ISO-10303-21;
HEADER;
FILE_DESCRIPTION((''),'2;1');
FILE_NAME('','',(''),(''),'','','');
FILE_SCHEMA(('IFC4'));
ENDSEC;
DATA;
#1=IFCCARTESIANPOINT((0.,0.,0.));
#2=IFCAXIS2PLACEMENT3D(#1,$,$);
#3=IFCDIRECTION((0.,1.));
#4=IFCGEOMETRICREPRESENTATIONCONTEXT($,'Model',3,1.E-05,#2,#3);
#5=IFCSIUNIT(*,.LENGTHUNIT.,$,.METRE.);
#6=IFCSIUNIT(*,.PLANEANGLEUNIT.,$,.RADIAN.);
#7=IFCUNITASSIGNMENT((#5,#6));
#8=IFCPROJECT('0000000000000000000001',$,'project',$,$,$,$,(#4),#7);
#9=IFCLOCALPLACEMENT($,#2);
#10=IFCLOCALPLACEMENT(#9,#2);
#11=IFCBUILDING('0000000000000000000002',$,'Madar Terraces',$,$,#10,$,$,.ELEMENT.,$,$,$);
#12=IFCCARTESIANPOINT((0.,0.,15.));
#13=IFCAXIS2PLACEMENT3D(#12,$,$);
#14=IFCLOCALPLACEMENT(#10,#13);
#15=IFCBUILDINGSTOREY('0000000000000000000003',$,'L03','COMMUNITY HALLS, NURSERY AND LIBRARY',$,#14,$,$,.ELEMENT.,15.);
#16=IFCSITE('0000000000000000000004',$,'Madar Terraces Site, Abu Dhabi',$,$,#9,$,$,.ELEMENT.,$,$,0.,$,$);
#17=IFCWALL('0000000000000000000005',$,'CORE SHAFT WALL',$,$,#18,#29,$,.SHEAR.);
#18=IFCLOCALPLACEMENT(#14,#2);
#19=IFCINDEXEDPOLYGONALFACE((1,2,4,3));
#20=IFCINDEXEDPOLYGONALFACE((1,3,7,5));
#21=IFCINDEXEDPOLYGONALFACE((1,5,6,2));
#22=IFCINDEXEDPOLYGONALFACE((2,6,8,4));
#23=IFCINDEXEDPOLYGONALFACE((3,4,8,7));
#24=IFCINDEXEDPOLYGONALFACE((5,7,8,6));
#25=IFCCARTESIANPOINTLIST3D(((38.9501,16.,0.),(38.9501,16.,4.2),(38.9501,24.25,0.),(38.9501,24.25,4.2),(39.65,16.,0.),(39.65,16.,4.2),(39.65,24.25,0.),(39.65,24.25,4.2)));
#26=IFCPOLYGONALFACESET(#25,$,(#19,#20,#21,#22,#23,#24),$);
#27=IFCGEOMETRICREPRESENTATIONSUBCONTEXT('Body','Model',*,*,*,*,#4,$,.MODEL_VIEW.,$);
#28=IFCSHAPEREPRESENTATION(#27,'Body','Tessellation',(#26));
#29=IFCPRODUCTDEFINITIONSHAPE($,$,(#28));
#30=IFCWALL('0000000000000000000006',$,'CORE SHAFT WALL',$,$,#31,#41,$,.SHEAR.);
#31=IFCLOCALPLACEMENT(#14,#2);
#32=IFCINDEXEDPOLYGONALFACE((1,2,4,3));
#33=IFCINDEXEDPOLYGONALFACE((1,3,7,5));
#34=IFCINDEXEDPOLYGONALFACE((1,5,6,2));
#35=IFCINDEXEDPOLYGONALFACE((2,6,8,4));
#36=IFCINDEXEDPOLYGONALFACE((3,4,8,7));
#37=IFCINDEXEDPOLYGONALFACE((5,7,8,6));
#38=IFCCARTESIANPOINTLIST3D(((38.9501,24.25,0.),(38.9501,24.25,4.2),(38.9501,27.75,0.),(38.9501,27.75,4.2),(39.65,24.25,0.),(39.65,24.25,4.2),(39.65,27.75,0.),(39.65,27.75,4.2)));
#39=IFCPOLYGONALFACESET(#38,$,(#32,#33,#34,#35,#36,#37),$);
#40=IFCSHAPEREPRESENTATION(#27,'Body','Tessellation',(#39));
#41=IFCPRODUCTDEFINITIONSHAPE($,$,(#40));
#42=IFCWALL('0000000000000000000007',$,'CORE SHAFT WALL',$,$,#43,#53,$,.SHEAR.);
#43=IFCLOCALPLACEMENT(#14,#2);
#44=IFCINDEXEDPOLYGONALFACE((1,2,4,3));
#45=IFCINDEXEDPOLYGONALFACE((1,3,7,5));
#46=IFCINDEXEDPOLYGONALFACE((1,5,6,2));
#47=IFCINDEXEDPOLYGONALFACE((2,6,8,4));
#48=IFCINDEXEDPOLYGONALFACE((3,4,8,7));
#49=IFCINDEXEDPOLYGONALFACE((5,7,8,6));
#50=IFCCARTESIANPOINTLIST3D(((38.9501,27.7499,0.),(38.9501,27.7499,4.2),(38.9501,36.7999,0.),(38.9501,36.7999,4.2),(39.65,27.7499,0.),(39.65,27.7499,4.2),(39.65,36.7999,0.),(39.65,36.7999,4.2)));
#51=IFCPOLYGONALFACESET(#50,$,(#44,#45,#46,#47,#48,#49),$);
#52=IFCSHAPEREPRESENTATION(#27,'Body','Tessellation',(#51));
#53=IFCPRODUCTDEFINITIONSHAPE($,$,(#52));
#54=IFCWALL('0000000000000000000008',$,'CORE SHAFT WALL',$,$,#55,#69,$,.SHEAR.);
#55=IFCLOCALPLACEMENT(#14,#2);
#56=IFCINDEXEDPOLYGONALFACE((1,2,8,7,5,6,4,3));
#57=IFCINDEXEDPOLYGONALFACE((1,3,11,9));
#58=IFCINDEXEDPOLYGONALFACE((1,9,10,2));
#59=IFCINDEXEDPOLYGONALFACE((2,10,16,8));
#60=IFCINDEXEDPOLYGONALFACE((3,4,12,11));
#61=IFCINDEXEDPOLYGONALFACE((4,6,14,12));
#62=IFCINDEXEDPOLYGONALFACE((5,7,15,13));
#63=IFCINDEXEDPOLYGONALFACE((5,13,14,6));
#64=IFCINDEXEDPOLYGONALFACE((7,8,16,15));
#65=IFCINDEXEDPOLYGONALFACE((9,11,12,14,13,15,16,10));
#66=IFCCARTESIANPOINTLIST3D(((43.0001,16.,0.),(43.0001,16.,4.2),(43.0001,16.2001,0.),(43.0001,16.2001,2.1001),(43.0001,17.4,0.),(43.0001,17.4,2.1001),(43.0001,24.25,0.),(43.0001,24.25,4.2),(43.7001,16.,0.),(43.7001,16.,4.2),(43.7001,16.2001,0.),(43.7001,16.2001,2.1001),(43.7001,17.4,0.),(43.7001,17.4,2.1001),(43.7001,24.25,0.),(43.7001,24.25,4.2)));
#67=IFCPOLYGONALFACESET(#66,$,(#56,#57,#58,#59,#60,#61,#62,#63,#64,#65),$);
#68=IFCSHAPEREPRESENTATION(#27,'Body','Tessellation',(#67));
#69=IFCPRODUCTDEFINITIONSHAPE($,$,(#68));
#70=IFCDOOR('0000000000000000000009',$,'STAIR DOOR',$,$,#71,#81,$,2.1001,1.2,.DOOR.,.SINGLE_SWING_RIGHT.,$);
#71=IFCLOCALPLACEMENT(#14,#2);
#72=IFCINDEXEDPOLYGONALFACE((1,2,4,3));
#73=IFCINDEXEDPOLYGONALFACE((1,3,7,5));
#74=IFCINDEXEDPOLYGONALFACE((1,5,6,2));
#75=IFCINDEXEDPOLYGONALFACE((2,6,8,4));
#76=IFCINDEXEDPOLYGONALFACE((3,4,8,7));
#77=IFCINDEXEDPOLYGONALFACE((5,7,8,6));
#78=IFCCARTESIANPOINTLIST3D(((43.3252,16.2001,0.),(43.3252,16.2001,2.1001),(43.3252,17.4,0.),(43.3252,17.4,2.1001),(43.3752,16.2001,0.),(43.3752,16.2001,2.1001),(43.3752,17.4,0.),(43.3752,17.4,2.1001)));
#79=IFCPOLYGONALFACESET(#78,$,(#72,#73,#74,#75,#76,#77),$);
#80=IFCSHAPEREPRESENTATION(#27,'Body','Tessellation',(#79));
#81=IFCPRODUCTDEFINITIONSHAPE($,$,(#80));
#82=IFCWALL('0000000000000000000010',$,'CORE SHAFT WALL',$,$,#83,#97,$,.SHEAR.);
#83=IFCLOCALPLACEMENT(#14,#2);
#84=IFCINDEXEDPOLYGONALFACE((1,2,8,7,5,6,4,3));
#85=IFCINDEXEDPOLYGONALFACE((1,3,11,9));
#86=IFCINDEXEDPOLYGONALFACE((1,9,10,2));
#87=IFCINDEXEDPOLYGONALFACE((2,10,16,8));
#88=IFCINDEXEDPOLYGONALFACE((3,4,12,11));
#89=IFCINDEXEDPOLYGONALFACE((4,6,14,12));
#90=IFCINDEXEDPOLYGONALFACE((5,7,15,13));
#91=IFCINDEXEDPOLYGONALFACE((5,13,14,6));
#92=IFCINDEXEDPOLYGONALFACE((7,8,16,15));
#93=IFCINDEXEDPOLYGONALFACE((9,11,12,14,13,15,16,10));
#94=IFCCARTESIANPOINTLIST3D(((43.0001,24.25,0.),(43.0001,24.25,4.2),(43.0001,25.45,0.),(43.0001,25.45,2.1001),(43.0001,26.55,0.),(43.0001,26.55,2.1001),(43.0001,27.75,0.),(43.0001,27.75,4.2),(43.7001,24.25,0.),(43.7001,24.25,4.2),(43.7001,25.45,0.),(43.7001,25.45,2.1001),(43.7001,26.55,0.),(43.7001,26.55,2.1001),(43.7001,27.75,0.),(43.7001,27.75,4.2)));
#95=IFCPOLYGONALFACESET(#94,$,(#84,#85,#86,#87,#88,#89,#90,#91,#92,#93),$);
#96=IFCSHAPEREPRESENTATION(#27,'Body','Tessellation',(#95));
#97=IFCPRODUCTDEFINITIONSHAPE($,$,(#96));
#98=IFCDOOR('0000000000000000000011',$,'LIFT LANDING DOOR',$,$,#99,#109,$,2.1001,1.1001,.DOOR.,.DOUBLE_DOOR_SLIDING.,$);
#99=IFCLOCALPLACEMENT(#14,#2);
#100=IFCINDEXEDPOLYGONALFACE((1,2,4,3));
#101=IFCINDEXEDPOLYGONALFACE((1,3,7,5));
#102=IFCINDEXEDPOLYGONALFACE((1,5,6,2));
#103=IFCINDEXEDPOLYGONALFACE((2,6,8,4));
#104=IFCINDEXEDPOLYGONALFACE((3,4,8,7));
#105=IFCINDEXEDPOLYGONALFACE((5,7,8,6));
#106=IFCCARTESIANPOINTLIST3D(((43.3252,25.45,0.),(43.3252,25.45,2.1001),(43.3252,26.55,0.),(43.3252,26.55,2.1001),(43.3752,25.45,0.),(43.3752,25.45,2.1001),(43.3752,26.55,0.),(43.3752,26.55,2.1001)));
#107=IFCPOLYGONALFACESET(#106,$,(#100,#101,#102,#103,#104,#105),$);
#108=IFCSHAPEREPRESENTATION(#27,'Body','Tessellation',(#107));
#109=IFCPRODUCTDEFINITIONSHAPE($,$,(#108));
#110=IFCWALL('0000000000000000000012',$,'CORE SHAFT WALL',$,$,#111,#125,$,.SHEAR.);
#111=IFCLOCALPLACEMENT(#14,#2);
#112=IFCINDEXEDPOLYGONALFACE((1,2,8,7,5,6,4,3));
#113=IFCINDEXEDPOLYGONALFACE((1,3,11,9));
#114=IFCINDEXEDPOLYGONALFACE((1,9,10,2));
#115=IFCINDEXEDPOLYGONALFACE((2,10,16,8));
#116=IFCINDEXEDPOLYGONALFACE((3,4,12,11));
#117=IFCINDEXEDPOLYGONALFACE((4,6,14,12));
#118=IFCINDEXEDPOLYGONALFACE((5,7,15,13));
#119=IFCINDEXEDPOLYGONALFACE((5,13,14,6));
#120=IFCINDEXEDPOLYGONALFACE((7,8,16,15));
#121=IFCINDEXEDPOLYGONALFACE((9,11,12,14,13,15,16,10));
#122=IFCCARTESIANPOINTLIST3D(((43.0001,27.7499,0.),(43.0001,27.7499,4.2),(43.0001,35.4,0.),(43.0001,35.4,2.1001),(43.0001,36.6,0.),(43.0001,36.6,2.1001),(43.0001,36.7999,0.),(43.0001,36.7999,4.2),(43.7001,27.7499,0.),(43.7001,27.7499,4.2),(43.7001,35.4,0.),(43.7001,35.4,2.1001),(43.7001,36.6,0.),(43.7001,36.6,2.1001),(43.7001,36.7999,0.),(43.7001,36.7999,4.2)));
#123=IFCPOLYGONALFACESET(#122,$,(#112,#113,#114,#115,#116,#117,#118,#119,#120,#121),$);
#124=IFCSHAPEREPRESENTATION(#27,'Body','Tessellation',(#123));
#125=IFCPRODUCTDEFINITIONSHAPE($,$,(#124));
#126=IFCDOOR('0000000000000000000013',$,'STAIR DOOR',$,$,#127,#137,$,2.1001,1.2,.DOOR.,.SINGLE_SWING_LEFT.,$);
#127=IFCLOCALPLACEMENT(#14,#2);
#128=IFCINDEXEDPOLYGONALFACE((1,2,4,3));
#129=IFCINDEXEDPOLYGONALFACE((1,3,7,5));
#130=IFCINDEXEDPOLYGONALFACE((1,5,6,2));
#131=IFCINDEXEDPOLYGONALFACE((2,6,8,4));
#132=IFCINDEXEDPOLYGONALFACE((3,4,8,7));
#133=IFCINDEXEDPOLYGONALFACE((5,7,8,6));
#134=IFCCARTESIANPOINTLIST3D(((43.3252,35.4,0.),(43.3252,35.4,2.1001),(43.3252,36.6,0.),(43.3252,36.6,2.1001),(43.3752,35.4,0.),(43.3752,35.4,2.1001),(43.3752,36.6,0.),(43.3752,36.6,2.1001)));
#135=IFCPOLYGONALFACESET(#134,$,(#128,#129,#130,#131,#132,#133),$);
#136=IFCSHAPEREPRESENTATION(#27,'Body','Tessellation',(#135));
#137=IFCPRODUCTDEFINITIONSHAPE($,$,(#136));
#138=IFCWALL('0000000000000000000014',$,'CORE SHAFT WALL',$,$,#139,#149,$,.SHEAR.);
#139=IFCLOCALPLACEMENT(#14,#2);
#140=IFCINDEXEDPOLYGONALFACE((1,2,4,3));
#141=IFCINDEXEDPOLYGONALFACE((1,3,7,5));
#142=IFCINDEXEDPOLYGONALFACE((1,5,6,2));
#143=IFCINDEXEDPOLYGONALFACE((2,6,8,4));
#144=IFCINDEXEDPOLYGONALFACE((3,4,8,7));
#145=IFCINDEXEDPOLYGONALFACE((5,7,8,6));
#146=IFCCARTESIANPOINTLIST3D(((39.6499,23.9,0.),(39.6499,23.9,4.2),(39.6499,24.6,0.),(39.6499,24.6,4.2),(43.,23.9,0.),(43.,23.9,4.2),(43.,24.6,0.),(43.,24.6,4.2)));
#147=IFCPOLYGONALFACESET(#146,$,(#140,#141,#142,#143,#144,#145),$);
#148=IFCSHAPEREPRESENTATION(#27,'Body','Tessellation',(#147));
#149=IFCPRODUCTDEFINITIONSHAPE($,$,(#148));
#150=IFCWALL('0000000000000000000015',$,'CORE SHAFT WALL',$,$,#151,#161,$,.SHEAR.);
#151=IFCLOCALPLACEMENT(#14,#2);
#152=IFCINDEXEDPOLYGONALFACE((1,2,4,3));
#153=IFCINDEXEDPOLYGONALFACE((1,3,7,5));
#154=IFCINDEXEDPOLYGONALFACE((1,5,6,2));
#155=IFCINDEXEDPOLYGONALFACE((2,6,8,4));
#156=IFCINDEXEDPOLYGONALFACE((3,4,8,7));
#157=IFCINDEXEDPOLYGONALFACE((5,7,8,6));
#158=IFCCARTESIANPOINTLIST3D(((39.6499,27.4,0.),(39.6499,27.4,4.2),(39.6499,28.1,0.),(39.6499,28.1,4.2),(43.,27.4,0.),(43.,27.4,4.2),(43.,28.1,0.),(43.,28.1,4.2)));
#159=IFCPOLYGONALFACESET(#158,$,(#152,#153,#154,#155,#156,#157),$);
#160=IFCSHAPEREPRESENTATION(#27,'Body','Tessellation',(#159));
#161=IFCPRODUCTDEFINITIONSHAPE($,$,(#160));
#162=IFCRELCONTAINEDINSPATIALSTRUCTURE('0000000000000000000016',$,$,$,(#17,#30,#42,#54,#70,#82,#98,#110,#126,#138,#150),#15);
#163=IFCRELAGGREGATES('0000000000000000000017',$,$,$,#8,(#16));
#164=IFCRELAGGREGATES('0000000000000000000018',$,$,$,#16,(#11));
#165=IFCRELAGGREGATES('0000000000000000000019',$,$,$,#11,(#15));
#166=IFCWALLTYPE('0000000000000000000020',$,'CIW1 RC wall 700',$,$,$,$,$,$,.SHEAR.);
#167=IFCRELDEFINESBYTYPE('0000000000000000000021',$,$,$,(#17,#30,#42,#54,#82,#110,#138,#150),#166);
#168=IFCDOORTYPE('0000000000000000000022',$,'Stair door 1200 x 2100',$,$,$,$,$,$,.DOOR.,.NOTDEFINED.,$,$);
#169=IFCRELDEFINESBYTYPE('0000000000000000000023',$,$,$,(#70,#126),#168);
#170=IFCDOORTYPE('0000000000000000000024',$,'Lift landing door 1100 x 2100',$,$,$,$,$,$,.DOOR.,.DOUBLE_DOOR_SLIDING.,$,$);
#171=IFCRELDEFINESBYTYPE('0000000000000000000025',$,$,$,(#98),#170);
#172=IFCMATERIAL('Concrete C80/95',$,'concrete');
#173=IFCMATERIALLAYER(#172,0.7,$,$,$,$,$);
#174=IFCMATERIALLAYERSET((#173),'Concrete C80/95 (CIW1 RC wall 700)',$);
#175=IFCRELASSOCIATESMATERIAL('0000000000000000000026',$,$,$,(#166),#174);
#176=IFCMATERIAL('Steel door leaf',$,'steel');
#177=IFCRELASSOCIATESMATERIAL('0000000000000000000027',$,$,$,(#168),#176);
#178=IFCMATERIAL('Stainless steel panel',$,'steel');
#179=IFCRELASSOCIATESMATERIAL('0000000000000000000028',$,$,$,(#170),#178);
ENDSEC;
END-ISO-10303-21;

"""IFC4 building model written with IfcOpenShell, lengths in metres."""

from ifc_helpers import new_model, si_unit, direction, frame, frame_2d, origin, place, context, subcontext, project, spatial, rectangle, extrude, material, layer, layer_set, type_object, element, fill, save


model = new_model("IFC4")

# Units and contexts
model_context = context("Model", 3, precision=1e-05, world=origin(), true_north=direction((0.0, 1.0)))
body_context = subcontext(model_context, "Body", "Model", "MODEL_VIEW")
ifc_project = project(units=[si_unit("LENGTHUNIT", "METRE"), si_unit("PLANEANGLEUNIT", "RADIAN")], contexts=[model_context])

# Site, building, storey
site_placement = place(None, origin())
site = spatial("IfcSite", under=ifc_project, at=site_placement, Name="Madar Terraces Site, Abu Dhabi", CompositionType="ELEMENT", RefElevation=0.0)
building_placement = place(site_placement, origin())
building = spatial("IfcBuilding", under=site, at=building_placement, Name="Madar Terraces", CompositionType="ELEMENT")
storey_placement = place(building_placement, frame((0.0, 0.0, 15.0)))
storey = spatial("IfcBuildingStorey", under=building, at=storey_placement, Name="L03", Description="COMMUNITY HALLS, NURSERY AND LIBRARY", CompositionType="ELEMENT", Elevation=15.0)

# Walls
ifc_material_1 = material(Name="Concrete C80/95", Category="concrete")
ifc_layer_1 = layer(ifc_material_1, 0.7)
ifc_layer_set_1 = layer_set([ifc_layer_1], Name="Concrete C80/95 (CIW1 RC wall 700)")
wall_type_1 = type_object("IfcWallType", Name="CIW1 RC wall 700", PredefinedType="SHEAR", material=ifc_layer_set_1)
wall_1_placement = place(storey_placement, frame((39.3, 16.0, 0.0), z_axis=(0.0, 0.0, 1.0), x_axis=(0.0, 1.0, 0.0)))
element("IfcWall", 1, at=wall_1_placement, inside=storey, type_object=wall_type_1, Name="CORE SHAFT WALL", PredefinedType="SHEAR", context=body_context, shape_type="SweptSolid", body=[
    extrude(rectangle(XDim=8.25, YDim=0.7, at=frame_2d((4.125, 0.0))), origin(), (0.0, 0.0, 1.0), 4.2),
])
wall_2_placement = place(storey_placement, frame((39.3, 24.25, 0.0), z_axis=(0.0, 0.0, 1.0), x_axis=(0.0, 1.0, 0.0)))
element("IfcWall", 2, at=wall_2_placement, inside=storey, type_object=wall_type_1, Name="CORE SHAFT WALL", PredefinedType="SHEAR", context=body_context, shape_type="SweptSolid", body=[
    extrude(rectangle(XDim=3.5, YDim=0.7, at=frame_2d((1.75, 0.0))), origin(), (0.0, 0.0, 1.0), 4.2),
])
wall_3_placement = place(storey_placement, frame((39.3, 27.75, 0.0), z_axis=(0.0, 0.0, 1.0), x_axis=(0.0, 1.0, 0.0)))
element("IfcWall", 3, at=wall_3_placement, inside=storey, type_object=wall_type_1, Name="CORE SHAFT WALL", PredefinedType="SHEAR", context=body_context, shape_type="SweptSolid", body=[
    extrude(rectangle(XDim=9.05, YDim=0.7, at=frame_2d((4.5249, 0.0))), origin(), (0.0, 0.0, 1.0), 4.2),
])

# Walls, openings, doors
wall_4_placement = place(storey_placement, frame((43.3501, 16.0, 0.0), z_axis=(0.0, 0.0, 1.0), x_axis=(0.0, 1.0, 0.0)))
wall_4 = element("IfcWall", 4, at=wall_4_placement, inside=storey, type_object=wall_type_1, Name="CORE SHAFT WALL", PredefinedType="SHEAR", context=body_context, shape_type="SweptSolid", body=[
    extrude(rectangle(XDim=8.25, YDim=0.7, at=frame_2d((4.125, 0.0))), origin(), (0.0, 0.0, 1.0), 4.2),
])
opening_1_placement = place(wall_4_placement, frame((0.2, 0.0, 0.0)))
opening_1 = element("IfcOpeningElement", 5, at=opening_1_placement, cuts=wall_4, PredefinedType="OPENING", context=body_context, shape_type="SweptSolid", body=[
    extrude(rectangle(XDim=1.2, YDim=2.1001, at=frame_2d((0.6001, 1.05))), frame((0.0, 0.3599, 0.0), z_axis=(0.0, -1.0, 0.0), x_axis=(1.0, 0.0, 0.0)), (0.0, 0.0, 1.0), 0.72),
])
ifc_material_2 = material(Name="Steel door leaf", Category="steel")
door_type_1 = type_object("IfcDoorType", Name="Stair door 1200 x 2100", OperationType="NOTDEFINED", PredefinedType="DOOR", material=ifc_material_2)
door_1_placement = place(opening_1_placement, origin())
door_1 = element("IfcDoor", 6, at=door_1_placement, inside=storey, type_object=door_type_1, Name="STAIR DOOR", OperationType="SINGLE_SWING_RIGHT", OverallHeight=2.1001, OverallWidth=1.2, PredefinedType="DOOR", context=body_context, shape_type="SweptSolid", body=[
    extrude(rectangle(XDim=1.2, YDim=2.1001, at=frame_2d((0.6001, 1.05))), frame((0.0, 0.0249, 0.0), z_axis=(0.0, -1.0, 0.0), x_axis=(1.0, 0.0, 0.0)), (0.0, 0.0, 1.0), 0.05),
])
fill(opening_1, door_1)
wall_5_placement = place(storey_placement, frame((43.3501, 24.25, 0.0), z_axis=(0.0, 0.0, 1.0), x_axis=(0.0, 1.0, 0.0)))
wall_5 = element("IfcWall", 7, at=wall_5_placement, inside=storey, type_object=wall_type_1, Name="CORE SHAFT WALL", PredefinedType="SHEAR", context=body_context, shape_type="SweptSolid", body=[
    extrude(rectangle(XDim=3.5, YDim=0.7, at=frame_2d((1.75, 0.0))), origin(), (0.0, 0.0, 1.0), 4.2),
])
opening_2_placement = place(wall_5_placement, frame((1.2, 0.0, 0.0)))
opening_2 = element("IfcOpeningElement", 8, at=opening_2_placement, cuts=wall_5, PredefinedType="OPENING", context=body_context, shape_type="SweptSolid", body=[
    extrude(rectangle(XDim=1.1001, YDim=2.1001, at=frame_2d((0.55, 1.05))), frame((0.0, 0.3599, 0.0), z_axis=(0.0, -1.0, 0.0), x_axis=(1.0, 0.0, 0.0)), (0.0, 0.0, 1.0), 0.72),
])
ifc_material_3 = material(Name="Stainless steel panel", Category="steel")
door_type_2 = type_object("IfcDoorType", Name="Lift landing door 1100 x 2100", OperationType="DOUBLE_DOOR_SLIDING", PredefinedType="DOOR", material=ifc_material_3)
door_2_placement = place(opening_2_placement, origin())
door_2 = element("IfcDoor", 9, at=door_2_placement, inside=storey, type_object=door_type_2, Name="LIFT LANDING DOOR", OperationType="DOUBLE_DOOR_SLIDING", OverallHeight=2.1001, OverallWidth=1.1001, PredefinedType="DOOR", context=body_context, shape_type="SweptSolid", body=[
    extrude(rectangle(XDim=1.1001, YDim=2.1001, at=frame_2d((0.55, 1.05))), frame((0.0, 0.0249, 0.0), z_axis=(0.0, -1.0, 0.0), x_axis=(1.0, 0.0, 0.0)), (0.0, 0.0, 1.0), 0.05),
])
fill(opening_2, door_2)
wall_6_placement = place(storey_placement, frame((43.3501, 27.75, 0.0), z_axis=(0.0, 0.0, 1.0), x_axis=(0.0, 1.0, 0.0)))
wall_6 = element("IfcWall", 10, at=wall_6_placement, inside=storey, type_object=wall_type_1, Name="CORE SHAFT WALL", PredefinedType="SHEAR", context=body_context, shape_type="SweptSolid", body=[
    extrude(rectangle(XDim=9.05, YDim=0.7, at=frame_2d((4.5249, 0.0))), origin(), (0.0, 0.0, 1.0), 4.2),
])
opening_3_placement = place(wall_6_placement, frame((7.6499, 0.0, 0.0)))
opening_3 = element("IfcOpeningElement", 11, at=opening_3_placement, cuts=wall_6, PredefinedType="OPENING", context=body_context, shape_type="SweptSolid", body=[
    extrude(rectangle(XDim=1.2, YDim=2.1001, at=frame_2d((0.6001, 1.05))), frame((0.0, 0.3599, 0.0), z_axis=(0.0, -1.0, 0.0), x_axis=(1.0, 0.0, 0.0)), (0.0, 0.0, 1.0), 0.72),
])
door_3_placement = place(opening_3_placement, origin())
door_3 = element("IfcDoor", 12, at=door_3_placement, inside=storey, type_object=door_type_1, Name="STAIR DOOR", OperationType="SINGLE_SWING_LEFT", OverallHeight=2.1001, OverallWidth=1.2, PredefinedType="DOOR", context=body_context, shape_type="SweptSolid", body=[
    extrude(rectangle(XDim=1.2, YDim=2.1001, at=frame_2d((0.6001, 1.05))), frame((0.0, 0.0249, 0.0), z_axis=(0.0, -1.0, 0.0), x_axis=(1.0, 0.0, 0.0)), (0.0, 0.0, 1.0), 0.05),
])
fill(opening_3, door_3)

# Walls
for number, where, z_axis, x_axis, name in (
    (13, (39.6499, 24.25, 0.0), (0.0, 0.0, 1.0), (1.0, 0.0, 0.0), "CORE SHAFT WALL"),
    (14, (39.6499, 27.75, 0.0), (0.0, 0.0, 1.0), (1.0, 0.0, 0.0), "CORE SHAFT WALL"),
):
    element("IfcWall", number, at=place(storey_placement, frame(where, z_axis=z_axis, x_axis=x_axis)), inside=storey, type_object=wall_type_1, Name=name, PredefinedType="SHEAR", context=body_context, shape_type="SweptSolid", body=[
        extrude(rectangle(XDim=3.3501, YDim=0.7, at=frame_2d((1.675, 0.0))), origin(), (0.0, 0.0, 1.0), 4.2),
    ])

save(model, "model.ifc")
